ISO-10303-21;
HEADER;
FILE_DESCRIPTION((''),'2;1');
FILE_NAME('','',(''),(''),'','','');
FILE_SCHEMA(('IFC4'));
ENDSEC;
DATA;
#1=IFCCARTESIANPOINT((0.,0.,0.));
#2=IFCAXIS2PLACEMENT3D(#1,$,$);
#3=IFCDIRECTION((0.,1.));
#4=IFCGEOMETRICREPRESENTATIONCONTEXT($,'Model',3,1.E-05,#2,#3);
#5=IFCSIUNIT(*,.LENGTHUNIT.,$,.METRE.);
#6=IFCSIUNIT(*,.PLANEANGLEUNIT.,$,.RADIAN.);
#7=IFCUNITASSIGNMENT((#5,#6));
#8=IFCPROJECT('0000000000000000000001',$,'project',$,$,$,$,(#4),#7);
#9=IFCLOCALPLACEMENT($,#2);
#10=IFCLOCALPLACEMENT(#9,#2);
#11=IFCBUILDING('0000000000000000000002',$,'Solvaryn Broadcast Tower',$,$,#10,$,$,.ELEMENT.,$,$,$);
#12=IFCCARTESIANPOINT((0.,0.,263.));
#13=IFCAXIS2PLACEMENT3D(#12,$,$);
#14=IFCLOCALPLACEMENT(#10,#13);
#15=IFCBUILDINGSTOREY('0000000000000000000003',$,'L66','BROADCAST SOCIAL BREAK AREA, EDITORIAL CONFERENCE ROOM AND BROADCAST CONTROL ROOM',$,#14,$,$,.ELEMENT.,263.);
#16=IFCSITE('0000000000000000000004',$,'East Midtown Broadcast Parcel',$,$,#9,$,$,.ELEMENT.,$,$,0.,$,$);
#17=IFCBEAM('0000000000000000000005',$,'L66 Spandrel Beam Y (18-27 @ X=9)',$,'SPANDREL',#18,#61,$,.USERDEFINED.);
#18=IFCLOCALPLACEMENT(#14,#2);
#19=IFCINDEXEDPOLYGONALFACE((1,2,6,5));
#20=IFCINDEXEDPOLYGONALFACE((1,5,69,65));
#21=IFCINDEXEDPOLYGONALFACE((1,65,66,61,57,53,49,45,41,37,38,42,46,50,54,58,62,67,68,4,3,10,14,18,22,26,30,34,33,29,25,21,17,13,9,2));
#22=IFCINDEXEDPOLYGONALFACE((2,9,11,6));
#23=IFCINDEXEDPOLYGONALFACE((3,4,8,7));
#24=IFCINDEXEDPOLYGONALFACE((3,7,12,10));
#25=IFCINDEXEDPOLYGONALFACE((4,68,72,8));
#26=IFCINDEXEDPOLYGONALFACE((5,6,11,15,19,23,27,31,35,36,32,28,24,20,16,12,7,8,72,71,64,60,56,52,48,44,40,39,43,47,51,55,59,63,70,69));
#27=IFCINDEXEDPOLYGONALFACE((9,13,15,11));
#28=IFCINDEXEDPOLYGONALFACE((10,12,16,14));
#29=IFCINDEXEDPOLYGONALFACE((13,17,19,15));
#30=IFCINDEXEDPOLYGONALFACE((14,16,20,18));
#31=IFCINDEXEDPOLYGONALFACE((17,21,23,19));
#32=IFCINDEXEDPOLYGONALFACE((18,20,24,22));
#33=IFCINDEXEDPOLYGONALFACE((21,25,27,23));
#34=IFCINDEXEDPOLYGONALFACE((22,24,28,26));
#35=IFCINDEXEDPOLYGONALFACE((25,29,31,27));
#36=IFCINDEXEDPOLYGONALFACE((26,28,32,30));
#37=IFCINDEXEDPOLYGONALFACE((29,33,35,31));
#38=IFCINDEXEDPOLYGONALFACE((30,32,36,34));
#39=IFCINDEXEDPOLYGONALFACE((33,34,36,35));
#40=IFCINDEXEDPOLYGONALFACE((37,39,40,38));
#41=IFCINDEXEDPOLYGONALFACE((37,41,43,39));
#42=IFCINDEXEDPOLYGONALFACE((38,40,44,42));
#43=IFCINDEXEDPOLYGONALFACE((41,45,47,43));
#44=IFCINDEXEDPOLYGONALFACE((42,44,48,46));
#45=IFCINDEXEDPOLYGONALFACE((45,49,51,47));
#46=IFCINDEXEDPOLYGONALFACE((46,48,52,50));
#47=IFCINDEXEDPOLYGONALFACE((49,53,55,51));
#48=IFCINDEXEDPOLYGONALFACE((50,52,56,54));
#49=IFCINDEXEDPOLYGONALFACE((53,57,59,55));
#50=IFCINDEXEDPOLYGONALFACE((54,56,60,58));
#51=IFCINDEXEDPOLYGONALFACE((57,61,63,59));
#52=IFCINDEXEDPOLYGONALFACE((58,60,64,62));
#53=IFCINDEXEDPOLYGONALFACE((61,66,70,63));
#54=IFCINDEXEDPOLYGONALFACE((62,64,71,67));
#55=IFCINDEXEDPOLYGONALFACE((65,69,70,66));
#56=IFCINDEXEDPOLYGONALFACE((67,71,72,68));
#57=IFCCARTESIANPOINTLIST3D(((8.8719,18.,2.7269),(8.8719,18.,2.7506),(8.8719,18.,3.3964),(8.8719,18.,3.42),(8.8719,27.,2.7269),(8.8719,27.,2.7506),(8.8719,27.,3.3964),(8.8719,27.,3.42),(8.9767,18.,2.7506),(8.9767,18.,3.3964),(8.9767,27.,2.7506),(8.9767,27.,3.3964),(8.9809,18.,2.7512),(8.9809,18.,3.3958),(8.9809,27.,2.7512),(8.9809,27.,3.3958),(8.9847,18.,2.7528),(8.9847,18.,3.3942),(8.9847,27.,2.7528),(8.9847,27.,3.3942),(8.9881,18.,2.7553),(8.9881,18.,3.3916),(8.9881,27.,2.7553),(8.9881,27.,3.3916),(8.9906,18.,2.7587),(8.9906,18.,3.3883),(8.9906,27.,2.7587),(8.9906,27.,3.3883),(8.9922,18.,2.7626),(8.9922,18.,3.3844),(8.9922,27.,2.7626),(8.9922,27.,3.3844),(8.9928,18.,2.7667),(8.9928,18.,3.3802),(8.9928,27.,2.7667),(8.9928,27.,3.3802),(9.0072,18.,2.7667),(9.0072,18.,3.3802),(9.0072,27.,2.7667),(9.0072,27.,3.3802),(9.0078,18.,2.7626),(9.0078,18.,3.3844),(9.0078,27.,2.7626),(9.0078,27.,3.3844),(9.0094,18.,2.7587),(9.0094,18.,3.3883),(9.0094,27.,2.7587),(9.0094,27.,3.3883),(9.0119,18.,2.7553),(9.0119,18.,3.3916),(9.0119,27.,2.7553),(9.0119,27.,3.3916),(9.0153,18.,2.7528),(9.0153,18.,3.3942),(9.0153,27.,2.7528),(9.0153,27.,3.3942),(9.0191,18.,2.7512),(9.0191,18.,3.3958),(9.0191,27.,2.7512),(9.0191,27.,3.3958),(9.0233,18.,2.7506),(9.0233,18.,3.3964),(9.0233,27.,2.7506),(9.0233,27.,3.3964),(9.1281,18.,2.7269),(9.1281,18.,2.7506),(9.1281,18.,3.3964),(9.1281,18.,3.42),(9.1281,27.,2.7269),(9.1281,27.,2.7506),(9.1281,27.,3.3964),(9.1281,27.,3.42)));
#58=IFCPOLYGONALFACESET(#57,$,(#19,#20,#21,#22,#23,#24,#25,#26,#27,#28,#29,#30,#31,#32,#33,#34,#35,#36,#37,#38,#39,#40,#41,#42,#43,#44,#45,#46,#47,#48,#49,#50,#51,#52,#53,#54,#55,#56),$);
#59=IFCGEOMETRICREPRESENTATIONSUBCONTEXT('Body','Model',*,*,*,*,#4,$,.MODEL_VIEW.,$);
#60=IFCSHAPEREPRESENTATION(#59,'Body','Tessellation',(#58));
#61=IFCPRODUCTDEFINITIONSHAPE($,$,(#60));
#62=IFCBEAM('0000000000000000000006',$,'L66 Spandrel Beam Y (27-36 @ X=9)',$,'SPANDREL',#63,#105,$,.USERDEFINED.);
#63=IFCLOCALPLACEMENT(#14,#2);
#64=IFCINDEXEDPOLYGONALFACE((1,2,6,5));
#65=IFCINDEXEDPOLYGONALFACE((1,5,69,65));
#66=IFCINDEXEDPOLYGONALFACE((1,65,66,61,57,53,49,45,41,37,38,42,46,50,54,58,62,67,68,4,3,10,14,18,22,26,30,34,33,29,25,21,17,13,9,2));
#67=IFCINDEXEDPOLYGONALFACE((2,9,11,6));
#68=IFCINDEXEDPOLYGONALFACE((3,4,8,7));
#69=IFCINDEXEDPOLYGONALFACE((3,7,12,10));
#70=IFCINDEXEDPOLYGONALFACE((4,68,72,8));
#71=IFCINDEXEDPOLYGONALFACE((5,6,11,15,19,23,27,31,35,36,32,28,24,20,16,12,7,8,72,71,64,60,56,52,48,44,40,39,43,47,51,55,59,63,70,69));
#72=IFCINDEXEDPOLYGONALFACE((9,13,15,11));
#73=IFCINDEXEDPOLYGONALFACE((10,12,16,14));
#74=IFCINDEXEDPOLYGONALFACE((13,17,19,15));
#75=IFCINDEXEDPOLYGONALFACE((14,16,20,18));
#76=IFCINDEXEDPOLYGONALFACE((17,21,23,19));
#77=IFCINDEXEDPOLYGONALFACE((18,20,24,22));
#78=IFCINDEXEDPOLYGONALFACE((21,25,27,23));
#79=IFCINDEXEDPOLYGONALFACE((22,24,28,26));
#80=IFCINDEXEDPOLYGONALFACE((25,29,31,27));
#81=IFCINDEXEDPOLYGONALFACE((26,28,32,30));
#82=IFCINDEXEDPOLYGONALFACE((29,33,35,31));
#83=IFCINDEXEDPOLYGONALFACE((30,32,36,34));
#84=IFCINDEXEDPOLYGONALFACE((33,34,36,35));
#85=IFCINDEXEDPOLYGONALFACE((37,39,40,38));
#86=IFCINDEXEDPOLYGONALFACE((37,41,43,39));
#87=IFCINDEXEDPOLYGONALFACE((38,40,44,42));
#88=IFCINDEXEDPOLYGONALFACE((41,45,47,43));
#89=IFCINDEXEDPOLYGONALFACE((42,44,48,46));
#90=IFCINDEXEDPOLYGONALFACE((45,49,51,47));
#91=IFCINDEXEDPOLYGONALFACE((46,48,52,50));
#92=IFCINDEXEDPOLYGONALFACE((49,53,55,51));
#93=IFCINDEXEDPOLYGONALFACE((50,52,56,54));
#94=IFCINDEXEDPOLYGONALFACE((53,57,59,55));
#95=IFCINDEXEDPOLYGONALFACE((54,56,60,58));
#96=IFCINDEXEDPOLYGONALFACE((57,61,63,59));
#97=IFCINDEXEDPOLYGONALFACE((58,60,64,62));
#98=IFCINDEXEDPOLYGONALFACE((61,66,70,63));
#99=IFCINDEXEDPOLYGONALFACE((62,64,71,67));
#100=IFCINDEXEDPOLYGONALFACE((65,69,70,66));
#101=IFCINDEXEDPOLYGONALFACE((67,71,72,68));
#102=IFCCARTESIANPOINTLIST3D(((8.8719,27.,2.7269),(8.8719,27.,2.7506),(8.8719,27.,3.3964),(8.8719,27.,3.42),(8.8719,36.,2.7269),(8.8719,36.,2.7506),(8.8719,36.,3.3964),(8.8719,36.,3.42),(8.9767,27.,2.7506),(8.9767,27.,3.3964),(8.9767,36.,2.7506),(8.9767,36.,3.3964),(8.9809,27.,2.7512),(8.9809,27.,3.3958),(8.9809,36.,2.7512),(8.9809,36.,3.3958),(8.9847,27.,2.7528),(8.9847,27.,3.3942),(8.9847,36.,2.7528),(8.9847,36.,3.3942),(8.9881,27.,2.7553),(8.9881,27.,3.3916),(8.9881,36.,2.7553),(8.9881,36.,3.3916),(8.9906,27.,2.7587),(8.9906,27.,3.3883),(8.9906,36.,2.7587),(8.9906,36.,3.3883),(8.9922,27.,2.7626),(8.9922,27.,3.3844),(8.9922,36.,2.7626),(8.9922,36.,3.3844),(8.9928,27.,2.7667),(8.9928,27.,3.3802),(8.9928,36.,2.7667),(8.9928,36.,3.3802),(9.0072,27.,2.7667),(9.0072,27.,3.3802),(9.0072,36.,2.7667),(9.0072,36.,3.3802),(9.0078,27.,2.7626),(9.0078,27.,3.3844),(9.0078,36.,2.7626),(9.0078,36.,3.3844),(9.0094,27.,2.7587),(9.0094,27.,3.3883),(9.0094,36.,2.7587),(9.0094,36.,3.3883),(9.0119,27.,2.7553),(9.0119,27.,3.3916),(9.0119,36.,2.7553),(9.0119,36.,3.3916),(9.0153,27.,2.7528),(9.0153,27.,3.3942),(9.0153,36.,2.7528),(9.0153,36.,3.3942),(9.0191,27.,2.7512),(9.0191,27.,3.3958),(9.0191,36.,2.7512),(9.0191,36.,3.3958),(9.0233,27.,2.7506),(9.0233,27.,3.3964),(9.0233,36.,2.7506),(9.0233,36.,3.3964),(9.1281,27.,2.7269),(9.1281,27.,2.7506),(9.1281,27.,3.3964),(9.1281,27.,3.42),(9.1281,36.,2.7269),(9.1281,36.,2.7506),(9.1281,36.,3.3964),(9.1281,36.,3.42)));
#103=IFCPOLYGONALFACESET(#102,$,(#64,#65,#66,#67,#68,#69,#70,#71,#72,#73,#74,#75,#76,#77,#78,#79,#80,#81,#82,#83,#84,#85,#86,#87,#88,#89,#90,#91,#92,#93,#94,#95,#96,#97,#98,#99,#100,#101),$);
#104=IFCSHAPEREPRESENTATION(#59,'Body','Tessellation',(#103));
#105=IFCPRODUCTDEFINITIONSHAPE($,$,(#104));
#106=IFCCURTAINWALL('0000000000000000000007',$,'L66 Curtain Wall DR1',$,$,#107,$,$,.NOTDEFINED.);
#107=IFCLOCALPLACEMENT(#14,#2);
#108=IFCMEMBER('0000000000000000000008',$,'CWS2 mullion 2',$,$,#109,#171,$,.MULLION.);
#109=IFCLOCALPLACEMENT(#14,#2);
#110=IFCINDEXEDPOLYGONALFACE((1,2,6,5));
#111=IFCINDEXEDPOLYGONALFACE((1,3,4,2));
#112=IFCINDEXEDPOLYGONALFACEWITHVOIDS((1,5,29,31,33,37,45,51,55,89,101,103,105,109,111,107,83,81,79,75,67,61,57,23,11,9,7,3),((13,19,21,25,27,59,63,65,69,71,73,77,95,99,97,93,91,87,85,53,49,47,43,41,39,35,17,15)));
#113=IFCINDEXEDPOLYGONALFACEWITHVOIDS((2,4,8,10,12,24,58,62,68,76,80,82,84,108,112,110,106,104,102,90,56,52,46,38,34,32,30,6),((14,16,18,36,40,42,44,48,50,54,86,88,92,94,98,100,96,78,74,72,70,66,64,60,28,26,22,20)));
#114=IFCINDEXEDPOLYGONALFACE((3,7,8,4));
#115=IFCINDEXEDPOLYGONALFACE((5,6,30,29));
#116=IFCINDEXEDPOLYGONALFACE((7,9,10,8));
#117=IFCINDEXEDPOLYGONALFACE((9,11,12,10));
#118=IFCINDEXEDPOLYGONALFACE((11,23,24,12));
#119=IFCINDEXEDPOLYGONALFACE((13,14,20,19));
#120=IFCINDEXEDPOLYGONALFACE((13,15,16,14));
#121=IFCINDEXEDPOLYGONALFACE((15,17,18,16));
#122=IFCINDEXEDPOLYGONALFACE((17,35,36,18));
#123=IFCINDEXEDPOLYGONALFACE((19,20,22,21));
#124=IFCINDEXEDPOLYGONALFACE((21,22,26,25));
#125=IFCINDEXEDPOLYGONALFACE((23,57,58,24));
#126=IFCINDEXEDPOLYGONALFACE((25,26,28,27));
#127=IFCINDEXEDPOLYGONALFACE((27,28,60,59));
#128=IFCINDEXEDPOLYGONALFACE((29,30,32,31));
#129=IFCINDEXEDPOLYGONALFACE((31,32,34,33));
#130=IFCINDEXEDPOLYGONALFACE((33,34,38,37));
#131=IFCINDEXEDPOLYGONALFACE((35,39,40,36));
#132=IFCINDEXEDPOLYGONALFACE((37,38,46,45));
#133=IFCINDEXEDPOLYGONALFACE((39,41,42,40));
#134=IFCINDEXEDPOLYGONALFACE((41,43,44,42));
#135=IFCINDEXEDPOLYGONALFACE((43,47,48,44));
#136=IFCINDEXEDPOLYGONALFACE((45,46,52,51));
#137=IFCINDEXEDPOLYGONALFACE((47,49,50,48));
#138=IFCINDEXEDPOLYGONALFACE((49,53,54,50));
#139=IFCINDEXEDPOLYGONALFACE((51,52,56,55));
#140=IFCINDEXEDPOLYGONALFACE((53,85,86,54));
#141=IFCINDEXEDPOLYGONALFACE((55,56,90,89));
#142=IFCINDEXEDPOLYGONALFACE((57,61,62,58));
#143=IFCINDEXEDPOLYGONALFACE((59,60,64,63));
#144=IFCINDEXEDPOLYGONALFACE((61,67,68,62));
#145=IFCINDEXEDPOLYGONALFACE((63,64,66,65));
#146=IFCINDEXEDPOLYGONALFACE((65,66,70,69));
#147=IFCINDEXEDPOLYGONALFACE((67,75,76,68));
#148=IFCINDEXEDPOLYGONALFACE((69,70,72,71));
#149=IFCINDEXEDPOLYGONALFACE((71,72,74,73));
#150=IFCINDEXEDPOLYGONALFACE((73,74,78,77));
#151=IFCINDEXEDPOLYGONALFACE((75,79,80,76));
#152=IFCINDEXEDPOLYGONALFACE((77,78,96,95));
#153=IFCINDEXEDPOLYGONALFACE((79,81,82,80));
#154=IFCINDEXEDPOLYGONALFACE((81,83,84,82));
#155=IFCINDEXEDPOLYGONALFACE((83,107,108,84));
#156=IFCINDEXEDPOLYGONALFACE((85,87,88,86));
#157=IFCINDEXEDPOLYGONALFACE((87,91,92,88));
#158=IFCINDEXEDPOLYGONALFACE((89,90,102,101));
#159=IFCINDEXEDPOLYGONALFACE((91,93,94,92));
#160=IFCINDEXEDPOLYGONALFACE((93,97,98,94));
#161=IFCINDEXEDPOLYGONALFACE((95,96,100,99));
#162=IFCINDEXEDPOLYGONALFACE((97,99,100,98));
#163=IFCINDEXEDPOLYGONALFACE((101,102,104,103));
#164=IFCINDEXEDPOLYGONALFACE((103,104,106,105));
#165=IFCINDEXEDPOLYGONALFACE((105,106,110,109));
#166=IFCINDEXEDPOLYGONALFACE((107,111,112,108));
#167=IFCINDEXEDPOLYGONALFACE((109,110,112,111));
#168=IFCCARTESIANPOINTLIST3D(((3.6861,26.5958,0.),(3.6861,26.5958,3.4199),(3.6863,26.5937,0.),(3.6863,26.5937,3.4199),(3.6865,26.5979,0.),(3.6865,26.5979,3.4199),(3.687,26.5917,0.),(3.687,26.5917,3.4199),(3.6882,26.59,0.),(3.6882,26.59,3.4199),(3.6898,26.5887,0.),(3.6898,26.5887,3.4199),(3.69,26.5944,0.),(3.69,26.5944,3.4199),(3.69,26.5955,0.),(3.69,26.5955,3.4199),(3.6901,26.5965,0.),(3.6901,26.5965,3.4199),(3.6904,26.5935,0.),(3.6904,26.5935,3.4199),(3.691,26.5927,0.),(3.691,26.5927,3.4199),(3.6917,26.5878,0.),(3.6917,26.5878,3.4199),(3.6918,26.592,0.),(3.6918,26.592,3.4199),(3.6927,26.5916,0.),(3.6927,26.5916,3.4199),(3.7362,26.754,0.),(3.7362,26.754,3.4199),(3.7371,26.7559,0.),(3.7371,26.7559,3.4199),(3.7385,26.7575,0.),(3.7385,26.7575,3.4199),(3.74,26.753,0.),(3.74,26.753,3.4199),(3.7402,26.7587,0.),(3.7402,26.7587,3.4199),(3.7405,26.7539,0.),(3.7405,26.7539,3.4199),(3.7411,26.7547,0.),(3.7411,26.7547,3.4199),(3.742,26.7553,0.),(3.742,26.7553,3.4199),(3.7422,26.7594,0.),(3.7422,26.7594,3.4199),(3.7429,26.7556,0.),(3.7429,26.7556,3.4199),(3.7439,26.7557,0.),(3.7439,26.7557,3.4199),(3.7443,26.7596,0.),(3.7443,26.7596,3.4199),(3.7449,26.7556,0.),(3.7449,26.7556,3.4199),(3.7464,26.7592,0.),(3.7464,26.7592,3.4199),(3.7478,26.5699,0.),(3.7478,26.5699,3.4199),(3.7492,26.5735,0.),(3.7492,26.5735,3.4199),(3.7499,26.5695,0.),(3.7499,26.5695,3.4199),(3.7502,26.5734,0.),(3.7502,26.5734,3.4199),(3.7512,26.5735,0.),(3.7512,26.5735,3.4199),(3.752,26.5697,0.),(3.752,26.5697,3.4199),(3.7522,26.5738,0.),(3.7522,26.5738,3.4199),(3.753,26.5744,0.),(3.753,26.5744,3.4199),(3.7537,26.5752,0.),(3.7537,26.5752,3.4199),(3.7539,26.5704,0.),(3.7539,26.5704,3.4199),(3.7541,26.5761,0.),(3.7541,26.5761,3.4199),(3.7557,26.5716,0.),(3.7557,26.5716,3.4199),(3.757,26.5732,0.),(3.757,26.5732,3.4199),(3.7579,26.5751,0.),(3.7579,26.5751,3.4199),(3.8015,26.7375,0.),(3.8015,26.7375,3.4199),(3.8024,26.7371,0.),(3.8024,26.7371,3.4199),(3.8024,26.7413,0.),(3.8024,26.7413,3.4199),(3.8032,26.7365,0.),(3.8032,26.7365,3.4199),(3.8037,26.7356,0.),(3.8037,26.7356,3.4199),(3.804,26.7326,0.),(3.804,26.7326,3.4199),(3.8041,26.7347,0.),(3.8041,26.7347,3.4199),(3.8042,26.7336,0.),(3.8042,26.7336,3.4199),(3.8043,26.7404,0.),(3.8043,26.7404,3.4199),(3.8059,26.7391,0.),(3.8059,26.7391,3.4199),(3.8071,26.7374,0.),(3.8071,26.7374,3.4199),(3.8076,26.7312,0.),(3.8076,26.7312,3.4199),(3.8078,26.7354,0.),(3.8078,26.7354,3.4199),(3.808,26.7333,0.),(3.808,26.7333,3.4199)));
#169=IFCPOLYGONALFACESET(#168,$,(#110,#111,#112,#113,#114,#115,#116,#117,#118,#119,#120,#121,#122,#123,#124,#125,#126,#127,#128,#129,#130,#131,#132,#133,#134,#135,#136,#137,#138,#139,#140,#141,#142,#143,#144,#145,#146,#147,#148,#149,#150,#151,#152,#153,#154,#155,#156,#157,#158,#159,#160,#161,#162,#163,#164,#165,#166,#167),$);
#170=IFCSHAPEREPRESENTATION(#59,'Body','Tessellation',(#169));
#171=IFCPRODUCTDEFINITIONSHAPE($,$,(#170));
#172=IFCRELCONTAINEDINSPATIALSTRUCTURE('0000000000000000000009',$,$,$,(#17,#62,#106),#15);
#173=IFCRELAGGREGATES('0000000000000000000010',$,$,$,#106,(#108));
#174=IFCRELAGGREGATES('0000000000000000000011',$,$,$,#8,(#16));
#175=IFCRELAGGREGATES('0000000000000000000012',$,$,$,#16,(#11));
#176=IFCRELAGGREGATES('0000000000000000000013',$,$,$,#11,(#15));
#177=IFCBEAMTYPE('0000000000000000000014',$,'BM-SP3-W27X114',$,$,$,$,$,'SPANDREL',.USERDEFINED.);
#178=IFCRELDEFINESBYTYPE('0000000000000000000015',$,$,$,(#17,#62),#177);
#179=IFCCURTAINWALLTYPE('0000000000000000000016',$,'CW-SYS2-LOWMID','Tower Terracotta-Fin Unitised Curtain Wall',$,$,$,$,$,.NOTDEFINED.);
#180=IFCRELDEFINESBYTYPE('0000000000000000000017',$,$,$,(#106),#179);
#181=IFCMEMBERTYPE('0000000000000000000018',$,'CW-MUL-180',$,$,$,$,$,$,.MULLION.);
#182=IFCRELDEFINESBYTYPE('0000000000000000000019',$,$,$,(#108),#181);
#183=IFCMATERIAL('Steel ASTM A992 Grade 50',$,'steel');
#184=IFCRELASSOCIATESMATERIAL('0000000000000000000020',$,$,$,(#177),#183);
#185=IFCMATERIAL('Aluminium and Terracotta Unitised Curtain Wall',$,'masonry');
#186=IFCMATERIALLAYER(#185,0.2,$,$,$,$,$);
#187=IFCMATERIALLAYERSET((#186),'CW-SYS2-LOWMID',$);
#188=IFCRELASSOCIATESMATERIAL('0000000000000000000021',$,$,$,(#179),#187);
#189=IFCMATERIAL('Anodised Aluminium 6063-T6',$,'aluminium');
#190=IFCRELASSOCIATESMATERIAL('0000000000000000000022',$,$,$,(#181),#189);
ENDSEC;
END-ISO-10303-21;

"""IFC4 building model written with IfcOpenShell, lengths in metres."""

from ifc_helpers import new_model, si_unit, direction, frame, origin, origin_2d, place, context, subcontext, project, spatial, hollow_rectangle, i_section, extrude, material, layer, layer_set, material_profile, profile_set, type_object, element, aggregate, save


model = new_model("IFC4")

# Units and contexts
model_context = context("Model", 3, precision=1e-05, world=origin(), true_north=direction((0.0, 1.0)))
body_context = subcontext(model_context, "Body", "Model", "MODEL_VIEW")
ifc_project = project(units=[si_unit("LENGTHUNIT", "METRE"), si_unit("PLANEANGLEUNIT", "RADIAN")], contexts=[model_context])

# Site, building, storey
site_placement = place(None, origin())
site = spatial("IfcSite", under=ifc_project, at=site_placement, Name="East Midtown Broadcast Parcel", CompositionType="ELEMENT", RefElevation=0.0)
building_placement = place(site_placement, origin())
building = spatial("IfcBuilding", under=site, at=building_placement, Name="Solvaryn Broadcast Tower", CompositionType="ELEMENT")
storey_placement = place(building_placement, frame((0.0, 0.0, 263.0)))
storey = spatial("IfcBuildingStorey", under=building, at=storey_placement, Name="L66", Description="BROADCAST SOCIAL BREAK AREA, EDITORIAL CONFERENCE ROOM AND BROADCAST CONTROL ROOM", CompositionType="ELEMENT", Elevation=263.0)

# Beams
ifc_material_1 = material(Name="Steel ASTM A992 Grade 50", Category="steel")
ifc_material_profile_1 = material_profile(ifc_material_1, i_section(OverallWidth=0.2561, OverallDepth=0.6931, WebThickness=0.0144, FlangeThickness=0.0237, FilletRadius=0.0161, at=origin_2d()))
ifc_profile_set_1 = profile_set([ifc_material_profile_1], Name="Steel ASTM A992 Grade 50")
beam_type_1 = type_object("IfcBeamType", Name="BM-SP3-W27X114", ElementType="SPANDREL", PredefinedType="USERDEFINED", material=ifc_profile_set_1)
for number, where, z_axis, x_axis, name in (
    (1, (9.0, 18.0, 3.0735), (0.0, 1.0, 0.0), (-1.0, 0.0, 0.0), "L66 Spandrel Beam Y (18-27 @ X=9)"),
    (2, (9.0, 27.0, 3.0735), (0.0, 1.0, 0.0), (-1.0, 0.0, 0.0), "L66 Spandrel Beam Y (27-36 @ X=9)"),
):
    element("IfcBeam", number, at=place(storey_placement, frame(where, z_axis=z_axis, x_axis=x_axis)), inside=storey, type_object=beam_type_1, Name=name, ObjectType="SPANDREL", PredefinedType="USERDEFINED", context=body_context, shape_type="SweptSolid", body=[
        extrude(i_section(OverallWidth=0.2561, OverallDepth=0.6931, WebThickness=0.0144, FlangeThickness=0.0237, FilletRadius=0.0161, at=origin_2d()), origin(), (0.0, 0.0, 1.0), 9.0),
    ])

# Curtain wall, member
ifc_material_2 = material(Name="Aluminium and Terracotta Unitised Curtain Wall", Category="masonry")
ifc_layer_1 = layer(ifc_material_2, 0.2)
ifc_layer_set_1 = layer_set([ifc_layer_1], Name="CW-SYS2-LOWMID")
curtain_wall_type = type_object("IfcCurtainWallType", Name="CW-SYS2-LOWMID", Description="Tower Terracotta-Fin Unitised Curtain Wall", PredefinedType="NOTDEFINED", material=ifc_layer_set_1)
curtain_wall_1_placement = place(storey_placement, origin())
curtain_wall_1 = element("IfcCurtainWall", 3, at=curtain_wall_1_placement, inside=storey, type_object=curtain_wall_type, Name="L66 Curtain Wall DR1", PredefinedType="NOTDEFINED")
ifc_material_3 = material(Name="Anodised Aluminium 6063-T6", Category="aluminium")
ifc_material_profile_2 = material_profile(ifc_material_3, hollow_rectangle(XDim=0.075, YDim=0.1799, WallThickness=0.0039, InnerFilletRadius=0.0039, OuterFilletRadius=0.0081, at=origin_2d()))
ifc_profile_set_2 = profile_set([ifc_material_profile_2], Name="Anodised Aluminium 6063-T6")
member_type_1 = type_object("IfcMemberType", Name="CW-MUL-180", PredefinedType="MULLION", material=ifc_profile_set_2)
member_1_placement = place(storey_placement, frame((3.7471, 26.6646, 0.0), z_axis=(0.0, 0.0, 1.0), x_axis=(0.952795, -0.303616, 0.0)))
member_1 = element("IfcMember", 4, at=member_1_placement, type_object=member_type_1, Name="CWS2 mullion 2", PredefinedType="MULLION", context=body_context, shape_type="SweptSolid", body=[
    extrude(hollow_rectangle(XDim=0.075, YDim=0.1799, WallThickness=0.0039, InnerFilletRadius=0.0039, OuterFilletRadius=0.0081, at=origin_2d()), origin(), (0.0, 0.0, 1.0), 3.4199),
])
aggregate(curtain_wall_1, [member_1])

save(model, "model.ifc")
